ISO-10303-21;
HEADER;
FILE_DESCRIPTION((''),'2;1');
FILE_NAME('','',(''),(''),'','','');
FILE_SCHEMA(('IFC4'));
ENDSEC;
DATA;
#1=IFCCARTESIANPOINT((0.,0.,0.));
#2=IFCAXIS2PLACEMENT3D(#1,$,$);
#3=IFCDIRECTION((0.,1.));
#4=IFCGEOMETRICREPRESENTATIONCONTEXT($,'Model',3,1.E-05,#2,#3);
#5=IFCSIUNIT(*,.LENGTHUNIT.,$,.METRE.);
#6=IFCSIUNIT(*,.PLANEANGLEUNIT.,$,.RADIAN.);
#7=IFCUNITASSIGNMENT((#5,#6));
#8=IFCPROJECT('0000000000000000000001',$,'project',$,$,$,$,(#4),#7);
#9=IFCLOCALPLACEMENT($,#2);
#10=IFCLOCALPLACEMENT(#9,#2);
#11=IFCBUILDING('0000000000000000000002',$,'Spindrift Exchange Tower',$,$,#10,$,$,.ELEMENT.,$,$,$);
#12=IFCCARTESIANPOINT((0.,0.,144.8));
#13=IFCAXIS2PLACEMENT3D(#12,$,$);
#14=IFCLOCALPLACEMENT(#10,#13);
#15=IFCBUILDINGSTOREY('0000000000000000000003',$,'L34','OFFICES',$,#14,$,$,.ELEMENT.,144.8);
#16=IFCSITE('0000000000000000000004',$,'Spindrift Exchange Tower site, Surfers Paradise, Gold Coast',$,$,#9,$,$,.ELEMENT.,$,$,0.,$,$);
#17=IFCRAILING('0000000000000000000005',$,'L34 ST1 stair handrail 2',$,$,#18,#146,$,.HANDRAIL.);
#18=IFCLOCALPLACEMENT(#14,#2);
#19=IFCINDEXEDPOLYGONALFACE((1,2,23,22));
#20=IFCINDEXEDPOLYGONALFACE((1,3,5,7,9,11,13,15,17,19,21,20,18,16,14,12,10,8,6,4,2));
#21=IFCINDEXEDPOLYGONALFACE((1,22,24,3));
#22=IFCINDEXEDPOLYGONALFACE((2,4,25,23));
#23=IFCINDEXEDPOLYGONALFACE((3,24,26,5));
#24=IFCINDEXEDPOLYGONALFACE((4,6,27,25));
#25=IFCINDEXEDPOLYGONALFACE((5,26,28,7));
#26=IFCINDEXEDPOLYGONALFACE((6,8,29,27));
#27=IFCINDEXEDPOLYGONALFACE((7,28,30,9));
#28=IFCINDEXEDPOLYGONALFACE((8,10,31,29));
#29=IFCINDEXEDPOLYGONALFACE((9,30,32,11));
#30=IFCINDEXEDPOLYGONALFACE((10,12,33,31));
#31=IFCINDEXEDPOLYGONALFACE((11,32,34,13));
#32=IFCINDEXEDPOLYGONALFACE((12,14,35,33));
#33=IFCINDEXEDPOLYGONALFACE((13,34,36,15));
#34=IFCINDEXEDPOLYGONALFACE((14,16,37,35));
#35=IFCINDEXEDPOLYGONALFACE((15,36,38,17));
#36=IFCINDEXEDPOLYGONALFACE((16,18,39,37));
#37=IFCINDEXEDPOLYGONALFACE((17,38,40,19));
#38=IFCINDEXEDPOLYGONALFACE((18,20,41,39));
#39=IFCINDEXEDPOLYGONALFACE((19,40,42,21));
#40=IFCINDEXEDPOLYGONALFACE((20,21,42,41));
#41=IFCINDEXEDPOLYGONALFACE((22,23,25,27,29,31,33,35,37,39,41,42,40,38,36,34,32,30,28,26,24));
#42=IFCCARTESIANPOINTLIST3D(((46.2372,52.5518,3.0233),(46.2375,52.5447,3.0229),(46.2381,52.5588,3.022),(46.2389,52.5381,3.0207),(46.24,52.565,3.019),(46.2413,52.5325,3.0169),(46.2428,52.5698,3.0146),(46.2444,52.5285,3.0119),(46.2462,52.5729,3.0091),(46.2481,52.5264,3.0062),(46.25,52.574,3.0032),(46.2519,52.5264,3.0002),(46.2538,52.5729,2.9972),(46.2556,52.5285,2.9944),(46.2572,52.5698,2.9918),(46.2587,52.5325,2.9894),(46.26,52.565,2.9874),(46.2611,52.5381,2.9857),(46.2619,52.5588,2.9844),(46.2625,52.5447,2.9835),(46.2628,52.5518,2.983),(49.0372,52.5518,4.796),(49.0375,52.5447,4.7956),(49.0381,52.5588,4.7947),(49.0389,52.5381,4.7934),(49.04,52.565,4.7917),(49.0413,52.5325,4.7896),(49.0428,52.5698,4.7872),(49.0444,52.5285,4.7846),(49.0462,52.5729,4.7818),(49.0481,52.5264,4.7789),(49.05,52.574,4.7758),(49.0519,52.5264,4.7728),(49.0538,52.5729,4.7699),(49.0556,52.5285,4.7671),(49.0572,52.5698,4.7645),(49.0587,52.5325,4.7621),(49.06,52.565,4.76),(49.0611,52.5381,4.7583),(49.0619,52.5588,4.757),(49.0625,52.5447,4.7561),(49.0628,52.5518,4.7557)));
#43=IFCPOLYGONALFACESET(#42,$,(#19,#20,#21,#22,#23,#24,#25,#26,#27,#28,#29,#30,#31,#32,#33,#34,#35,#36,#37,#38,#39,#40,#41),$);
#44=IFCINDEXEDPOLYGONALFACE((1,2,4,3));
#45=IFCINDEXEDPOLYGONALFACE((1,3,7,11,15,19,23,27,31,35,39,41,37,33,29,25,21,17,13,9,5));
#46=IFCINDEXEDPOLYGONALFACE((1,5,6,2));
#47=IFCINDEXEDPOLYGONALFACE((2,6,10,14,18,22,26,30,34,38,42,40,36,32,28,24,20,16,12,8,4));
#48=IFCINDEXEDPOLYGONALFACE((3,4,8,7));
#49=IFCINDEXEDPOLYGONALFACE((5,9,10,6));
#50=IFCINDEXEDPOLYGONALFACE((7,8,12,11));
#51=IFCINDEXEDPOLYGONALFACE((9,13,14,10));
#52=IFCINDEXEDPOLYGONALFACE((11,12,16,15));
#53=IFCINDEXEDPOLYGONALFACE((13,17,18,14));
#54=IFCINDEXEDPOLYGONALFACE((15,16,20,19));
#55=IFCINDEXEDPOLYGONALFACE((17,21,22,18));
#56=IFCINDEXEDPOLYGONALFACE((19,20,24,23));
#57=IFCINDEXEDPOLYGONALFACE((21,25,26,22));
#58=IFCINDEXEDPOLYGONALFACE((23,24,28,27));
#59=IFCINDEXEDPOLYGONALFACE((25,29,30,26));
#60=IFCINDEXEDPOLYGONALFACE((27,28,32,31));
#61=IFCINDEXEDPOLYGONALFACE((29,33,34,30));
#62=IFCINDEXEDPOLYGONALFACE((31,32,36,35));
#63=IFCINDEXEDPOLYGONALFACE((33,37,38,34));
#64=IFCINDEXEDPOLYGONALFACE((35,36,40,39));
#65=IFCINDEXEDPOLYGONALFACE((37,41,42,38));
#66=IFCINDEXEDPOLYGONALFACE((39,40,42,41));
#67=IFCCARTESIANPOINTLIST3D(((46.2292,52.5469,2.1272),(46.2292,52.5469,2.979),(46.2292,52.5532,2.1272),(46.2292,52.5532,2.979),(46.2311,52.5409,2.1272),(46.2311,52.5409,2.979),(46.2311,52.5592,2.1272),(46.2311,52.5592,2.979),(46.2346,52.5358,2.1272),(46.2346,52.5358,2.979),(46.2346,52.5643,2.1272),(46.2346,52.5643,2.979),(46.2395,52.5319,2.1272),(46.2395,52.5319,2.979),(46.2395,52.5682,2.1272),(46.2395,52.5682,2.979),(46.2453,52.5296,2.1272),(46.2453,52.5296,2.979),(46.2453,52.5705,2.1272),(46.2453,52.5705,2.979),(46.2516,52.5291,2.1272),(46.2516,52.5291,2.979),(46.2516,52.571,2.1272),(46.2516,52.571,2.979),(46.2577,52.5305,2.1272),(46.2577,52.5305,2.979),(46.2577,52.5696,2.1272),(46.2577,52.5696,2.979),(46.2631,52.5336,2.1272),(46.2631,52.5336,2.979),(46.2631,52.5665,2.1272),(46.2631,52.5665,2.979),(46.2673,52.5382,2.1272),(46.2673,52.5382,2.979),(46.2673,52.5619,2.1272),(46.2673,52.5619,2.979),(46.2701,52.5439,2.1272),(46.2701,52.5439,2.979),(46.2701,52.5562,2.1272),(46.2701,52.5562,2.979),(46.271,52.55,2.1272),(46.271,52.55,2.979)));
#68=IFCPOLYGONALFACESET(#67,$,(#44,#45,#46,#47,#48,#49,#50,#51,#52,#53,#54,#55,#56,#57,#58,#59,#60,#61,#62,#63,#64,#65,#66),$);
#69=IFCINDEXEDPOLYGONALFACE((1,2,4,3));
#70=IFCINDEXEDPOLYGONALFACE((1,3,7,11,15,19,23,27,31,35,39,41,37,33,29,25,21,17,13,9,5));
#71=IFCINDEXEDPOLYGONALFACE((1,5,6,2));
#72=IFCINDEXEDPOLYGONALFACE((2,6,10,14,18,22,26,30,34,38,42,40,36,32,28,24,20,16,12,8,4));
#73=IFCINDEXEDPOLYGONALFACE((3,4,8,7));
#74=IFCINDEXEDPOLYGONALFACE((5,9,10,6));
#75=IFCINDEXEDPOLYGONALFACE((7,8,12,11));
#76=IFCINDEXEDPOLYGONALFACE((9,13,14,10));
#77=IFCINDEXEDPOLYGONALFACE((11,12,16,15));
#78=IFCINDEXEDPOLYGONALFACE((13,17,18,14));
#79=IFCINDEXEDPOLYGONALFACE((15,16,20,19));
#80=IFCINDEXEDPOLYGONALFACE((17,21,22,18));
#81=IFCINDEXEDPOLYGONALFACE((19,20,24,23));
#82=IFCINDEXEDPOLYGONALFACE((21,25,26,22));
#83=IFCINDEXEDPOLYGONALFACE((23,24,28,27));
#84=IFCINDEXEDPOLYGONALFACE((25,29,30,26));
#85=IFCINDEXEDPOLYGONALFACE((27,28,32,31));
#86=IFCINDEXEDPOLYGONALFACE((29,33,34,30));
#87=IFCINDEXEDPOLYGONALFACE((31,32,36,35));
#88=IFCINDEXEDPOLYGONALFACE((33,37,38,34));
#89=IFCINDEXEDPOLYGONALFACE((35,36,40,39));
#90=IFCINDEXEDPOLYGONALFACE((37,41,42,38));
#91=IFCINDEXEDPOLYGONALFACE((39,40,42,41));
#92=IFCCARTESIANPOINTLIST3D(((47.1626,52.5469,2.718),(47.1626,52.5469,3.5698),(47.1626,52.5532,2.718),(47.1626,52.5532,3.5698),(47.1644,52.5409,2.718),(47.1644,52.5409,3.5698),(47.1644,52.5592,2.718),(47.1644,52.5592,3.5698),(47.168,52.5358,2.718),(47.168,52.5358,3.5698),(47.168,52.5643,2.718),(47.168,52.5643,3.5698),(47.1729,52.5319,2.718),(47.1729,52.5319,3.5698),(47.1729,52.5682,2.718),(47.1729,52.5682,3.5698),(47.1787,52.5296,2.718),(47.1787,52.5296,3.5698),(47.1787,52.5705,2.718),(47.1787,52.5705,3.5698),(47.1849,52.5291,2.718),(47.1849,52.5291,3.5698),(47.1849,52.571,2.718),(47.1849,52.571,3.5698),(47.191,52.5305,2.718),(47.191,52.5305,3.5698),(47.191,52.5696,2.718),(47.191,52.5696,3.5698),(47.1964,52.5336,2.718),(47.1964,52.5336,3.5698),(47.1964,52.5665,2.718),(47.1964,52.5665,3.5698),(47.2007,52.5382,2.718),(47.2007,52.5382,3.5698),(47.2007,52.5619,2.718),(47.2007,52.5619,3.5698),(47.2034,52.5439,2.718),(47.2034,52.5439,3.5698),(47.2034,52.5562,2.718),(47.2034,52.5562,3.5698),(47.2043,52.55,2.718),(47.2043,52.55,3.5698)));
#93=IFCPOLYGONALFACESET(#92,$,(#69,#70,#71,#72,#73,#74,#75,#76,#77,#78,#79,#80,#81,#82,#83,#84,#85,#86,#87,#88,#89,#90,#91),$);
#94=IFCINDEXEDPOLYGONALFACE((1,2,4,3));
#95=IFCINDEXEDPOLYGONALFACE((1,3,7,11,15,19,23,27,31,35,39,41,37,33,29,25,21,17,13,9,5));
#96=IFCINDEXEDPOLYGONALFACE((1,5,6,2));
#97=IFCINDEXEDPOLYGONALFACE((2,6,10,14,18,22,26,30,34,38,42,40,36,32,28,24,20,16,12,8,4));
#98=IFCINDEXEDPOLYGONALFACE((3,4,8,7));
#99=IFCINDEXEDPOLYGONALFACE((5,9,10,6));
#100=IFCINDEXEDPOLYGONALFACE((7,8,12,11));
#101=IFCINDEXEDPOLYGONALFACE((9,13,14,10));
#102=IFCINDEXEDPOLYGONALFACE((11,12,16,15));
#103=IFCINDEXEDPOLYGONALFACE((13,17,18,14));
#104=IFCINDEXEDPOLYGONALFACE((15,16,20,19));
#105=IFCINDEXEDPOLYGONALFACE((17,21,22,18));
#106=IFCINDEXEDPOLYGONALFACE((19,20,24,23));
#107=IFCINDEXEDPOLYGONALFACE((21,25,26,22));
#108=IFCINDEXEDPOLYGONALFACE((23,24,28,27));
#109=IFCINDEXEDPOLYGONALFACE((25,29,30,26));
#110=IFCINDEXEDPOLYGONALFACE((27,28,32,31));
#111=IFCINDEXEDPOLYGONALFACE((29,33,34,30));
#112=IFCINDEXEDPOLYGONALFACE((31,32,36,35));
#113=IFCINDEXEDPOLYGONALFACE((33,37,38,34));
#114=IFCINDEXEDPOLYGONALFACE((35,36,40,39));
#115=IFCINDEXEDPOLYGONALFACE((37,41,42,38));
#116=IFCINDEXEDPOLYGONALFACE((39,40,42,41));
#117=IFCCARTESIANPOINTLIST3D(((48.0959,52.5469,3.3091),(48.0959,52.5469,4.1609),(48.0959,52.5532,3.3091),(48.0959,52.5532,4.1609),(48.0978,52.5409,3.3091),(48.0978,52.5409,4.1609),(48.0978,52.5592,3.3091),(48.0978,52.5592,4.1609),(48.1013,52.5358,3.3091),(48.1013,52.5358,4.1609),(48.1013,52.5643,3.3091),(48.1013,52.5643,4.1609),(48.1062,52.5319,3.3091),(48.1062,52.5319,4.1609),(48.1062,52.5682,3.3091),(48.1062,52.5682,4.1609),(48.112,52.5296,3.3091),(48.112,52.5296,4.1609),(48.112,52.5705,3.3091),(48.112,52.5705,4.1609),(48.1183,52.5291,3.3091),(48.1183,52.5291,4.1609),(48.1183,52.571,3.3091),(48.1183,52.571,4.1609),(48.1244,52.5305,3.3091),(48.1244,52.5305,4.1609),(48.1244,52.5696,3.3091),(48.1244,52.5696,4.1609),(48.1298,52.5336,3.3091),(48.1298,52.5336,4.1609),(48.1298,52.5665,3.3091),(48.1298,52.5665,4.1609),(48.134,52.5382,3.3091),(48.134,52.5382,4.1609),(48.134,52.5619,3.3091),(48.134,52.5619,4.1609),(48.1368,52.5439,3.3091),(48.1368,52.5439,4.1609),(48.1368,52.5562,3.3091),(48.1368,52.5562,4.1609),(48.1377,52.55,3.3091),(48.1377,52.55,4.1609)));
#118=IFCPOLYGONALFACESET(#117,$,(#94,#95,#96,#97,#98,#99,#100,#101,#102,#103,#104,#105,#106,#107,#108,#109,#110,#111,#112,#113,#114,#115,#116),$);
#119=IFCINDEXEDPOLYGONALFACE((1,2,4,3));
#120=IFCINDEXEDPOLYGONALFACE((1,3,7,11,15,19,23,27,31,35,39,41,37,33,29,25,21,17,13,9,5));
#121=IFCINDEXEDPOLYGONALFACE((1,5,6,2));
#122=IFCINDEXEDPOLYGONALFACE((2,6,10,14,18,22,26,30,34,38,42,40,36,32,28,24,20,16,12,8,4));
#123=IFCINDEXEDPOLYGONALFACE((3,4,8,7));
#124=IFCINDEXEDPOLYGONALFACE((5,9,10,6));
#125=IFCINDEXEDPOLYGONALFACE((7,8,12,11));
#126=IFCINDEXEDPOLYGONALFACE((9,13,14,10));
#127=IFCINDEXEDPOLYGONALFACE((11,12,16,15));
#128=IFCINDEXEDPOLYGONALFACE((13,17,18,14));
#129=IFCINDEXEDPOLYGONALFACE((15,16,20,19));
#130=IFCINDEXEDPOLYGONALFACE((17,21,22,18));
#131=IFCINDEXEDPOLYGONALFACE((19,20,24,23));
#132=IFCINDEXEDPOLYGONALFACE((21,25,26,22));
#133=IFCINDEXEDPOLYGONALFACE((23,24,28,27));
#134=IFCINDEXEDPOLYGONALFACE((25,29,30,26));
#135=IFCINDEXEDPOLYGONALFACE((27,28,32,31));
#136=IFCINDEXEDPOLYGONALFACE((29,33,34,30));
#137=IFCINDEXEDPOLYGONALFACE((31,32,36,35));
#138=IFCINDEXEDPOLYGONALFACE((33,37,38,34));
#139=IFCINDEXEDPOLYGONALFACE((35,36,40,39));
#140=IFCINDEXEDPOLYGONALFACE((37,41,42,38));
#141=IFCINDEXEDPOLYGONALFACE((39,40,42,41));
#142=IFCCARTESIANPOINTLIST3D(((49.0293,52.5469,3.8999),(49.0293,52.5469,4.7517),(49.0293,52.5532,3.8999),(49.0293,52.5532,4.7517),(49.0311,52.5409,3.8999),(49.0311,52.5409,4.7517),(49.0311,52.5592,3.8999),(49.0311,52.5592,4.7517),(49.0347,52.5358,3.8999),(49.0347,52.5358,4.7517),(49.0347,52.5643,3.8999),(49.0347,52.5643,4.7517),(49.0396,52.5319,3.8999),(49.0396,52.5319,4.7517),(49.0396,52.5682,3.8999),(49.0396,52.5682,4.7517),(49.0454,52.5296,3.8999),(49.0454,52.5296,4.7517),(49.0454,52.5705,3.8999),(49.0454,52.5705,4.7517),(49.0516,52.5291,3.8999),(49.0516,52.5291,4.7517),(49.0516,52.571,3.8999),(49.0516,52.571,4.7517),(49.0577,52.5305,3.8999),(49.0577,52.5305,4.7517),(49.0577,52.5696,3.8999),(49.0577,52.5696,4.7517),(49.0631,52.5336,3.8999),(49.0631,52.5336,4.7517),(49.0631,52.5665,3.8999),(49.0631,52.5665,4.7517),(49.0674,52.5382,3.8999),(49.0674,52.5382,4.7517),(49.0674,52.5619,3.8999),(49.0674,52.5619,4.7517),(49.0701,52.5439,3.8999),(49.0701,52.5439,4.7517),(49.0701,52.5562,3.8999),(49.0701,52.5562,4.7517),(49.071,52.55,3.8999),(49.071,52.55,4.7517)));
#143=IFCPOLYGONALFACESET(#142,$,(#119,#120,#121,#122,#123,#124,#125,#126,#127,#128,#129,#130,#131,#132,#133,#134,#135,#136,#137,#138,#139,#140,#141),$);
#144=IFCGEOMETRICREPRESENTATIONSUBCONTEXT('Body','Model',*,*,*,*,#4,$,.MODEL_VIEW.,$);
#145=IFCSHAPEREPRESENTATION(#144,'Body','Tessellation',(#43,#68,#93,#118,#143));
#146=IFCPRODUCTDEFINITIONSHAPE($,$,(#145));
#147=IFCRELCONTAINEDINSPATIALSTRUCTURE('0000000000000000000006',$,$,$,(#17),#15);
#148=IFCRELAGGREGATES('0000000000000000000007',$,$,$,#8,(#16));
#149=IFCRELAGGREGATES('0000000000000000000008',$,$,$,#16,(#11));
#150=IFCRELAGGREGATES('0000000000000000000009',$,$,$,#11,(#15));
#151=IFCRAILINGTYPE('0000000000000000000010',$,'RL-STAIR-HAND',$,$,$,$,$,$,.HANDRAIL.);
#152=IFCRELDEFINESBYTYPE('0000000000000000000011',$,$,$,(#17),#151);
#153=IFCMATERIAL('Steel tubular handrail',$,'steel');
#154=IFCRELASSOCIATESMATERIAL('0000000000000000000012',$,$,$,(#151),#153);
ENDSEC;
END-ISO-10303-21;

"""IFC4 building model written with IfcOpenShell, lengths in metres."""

from ifc_helpers import new_model, si_unit, direction, frame, origin, origin_2d, place, context, subcontext, project, spatial, circle, extrude, material, type_object, element, save


model = new_model("IFC4")

# Units and contexts
model_context = context("Model", 3, precision=1e-05, world=origin(), true_north=direction((0.0, 1.0)))
body_context = subcontext(model_context, "Body", "Model", "MODEL_VIEW")
ifc_project = project(units=[si_unit("LENGTHUNIT", "METRE"), si_unit("PLANEANGLEUNIT", "RADIAN")], contexts=[model_context])

# Site, building, storey
site_placement = place(None, origin())
site = spatial("IfcSite", under=ifc_project, at=site_placement, Name="Spindrift Exchange Tower site, Surfers Paradise, Gold Coast", CompositionType="ELEMENT", RefElevation=0.0)
building_placement = place(site_placement, origin())
building = spatial("IfcBuilding", under=site, at=building_placement, Name="Spindrift Exchange Tower", CompositionType="ELEMENT")
storey_placement = place(building_placement, frame((0.0, 0.0, 144.8)))
storey = spatial("IfcBuildingStorey", under=building, at=storey_placement, Name="L34", Description="OFFICES", CompositionType="ELEMENT", Elevation=144.8)

# Railing
ifc_material_1 = material(Name="Steel tubular handrail", Category="steel")
railing_type_1 = type_object("IfcRailingType", Name="RL-STAIR-HAND", PredefinedType="HANDRAIL", material=ifc_material_1)
railing_1_placement = place(storey_placement, frame((46.25, 52.55, 2.1272)))
element("IfcRailing", 1, at=railing_1_placement, inside=storey, type_object=railing_type_1, Name="L34 ST1 stair handrail 2", PredefinedType="HANDRAIL", context=body_context, shape_type="SweptSolid", body=[
    extrude(circle(Radius=0.0239, at=origin_2d()), frame((0.0, 0.0, 0.876), z_axis=(0.844909, 0.0, 0.53491), x_axis=(0.0, 1.0, 0.0)), (0.0, 0.0, 1.0), 3.314),
    extrude(circle(Radius=0.021, at=origin_2d()), origin(), (0.0, 0.0, 1.0), 0.8518),
    extrude(circle(Radius=0.021, at=origin_2d()), frame((0.9333, 0.0, 0.5908)), (0.0, 0.0, 1.0), 0.8518),
    extrude(circle(Radius=0.021, at=origin_2d()), frame((1.8667, 0.0, 1.1819)), (0.0, 0.0, 1.0), 0.8518),
    extrude(circle(Radius=0.021, at=origin_2d()), frame((2.8, 0.0, 1.7727)), (0.0, 0.0, 1.0), 0.8518),
])

save(model, "model.ifc")
